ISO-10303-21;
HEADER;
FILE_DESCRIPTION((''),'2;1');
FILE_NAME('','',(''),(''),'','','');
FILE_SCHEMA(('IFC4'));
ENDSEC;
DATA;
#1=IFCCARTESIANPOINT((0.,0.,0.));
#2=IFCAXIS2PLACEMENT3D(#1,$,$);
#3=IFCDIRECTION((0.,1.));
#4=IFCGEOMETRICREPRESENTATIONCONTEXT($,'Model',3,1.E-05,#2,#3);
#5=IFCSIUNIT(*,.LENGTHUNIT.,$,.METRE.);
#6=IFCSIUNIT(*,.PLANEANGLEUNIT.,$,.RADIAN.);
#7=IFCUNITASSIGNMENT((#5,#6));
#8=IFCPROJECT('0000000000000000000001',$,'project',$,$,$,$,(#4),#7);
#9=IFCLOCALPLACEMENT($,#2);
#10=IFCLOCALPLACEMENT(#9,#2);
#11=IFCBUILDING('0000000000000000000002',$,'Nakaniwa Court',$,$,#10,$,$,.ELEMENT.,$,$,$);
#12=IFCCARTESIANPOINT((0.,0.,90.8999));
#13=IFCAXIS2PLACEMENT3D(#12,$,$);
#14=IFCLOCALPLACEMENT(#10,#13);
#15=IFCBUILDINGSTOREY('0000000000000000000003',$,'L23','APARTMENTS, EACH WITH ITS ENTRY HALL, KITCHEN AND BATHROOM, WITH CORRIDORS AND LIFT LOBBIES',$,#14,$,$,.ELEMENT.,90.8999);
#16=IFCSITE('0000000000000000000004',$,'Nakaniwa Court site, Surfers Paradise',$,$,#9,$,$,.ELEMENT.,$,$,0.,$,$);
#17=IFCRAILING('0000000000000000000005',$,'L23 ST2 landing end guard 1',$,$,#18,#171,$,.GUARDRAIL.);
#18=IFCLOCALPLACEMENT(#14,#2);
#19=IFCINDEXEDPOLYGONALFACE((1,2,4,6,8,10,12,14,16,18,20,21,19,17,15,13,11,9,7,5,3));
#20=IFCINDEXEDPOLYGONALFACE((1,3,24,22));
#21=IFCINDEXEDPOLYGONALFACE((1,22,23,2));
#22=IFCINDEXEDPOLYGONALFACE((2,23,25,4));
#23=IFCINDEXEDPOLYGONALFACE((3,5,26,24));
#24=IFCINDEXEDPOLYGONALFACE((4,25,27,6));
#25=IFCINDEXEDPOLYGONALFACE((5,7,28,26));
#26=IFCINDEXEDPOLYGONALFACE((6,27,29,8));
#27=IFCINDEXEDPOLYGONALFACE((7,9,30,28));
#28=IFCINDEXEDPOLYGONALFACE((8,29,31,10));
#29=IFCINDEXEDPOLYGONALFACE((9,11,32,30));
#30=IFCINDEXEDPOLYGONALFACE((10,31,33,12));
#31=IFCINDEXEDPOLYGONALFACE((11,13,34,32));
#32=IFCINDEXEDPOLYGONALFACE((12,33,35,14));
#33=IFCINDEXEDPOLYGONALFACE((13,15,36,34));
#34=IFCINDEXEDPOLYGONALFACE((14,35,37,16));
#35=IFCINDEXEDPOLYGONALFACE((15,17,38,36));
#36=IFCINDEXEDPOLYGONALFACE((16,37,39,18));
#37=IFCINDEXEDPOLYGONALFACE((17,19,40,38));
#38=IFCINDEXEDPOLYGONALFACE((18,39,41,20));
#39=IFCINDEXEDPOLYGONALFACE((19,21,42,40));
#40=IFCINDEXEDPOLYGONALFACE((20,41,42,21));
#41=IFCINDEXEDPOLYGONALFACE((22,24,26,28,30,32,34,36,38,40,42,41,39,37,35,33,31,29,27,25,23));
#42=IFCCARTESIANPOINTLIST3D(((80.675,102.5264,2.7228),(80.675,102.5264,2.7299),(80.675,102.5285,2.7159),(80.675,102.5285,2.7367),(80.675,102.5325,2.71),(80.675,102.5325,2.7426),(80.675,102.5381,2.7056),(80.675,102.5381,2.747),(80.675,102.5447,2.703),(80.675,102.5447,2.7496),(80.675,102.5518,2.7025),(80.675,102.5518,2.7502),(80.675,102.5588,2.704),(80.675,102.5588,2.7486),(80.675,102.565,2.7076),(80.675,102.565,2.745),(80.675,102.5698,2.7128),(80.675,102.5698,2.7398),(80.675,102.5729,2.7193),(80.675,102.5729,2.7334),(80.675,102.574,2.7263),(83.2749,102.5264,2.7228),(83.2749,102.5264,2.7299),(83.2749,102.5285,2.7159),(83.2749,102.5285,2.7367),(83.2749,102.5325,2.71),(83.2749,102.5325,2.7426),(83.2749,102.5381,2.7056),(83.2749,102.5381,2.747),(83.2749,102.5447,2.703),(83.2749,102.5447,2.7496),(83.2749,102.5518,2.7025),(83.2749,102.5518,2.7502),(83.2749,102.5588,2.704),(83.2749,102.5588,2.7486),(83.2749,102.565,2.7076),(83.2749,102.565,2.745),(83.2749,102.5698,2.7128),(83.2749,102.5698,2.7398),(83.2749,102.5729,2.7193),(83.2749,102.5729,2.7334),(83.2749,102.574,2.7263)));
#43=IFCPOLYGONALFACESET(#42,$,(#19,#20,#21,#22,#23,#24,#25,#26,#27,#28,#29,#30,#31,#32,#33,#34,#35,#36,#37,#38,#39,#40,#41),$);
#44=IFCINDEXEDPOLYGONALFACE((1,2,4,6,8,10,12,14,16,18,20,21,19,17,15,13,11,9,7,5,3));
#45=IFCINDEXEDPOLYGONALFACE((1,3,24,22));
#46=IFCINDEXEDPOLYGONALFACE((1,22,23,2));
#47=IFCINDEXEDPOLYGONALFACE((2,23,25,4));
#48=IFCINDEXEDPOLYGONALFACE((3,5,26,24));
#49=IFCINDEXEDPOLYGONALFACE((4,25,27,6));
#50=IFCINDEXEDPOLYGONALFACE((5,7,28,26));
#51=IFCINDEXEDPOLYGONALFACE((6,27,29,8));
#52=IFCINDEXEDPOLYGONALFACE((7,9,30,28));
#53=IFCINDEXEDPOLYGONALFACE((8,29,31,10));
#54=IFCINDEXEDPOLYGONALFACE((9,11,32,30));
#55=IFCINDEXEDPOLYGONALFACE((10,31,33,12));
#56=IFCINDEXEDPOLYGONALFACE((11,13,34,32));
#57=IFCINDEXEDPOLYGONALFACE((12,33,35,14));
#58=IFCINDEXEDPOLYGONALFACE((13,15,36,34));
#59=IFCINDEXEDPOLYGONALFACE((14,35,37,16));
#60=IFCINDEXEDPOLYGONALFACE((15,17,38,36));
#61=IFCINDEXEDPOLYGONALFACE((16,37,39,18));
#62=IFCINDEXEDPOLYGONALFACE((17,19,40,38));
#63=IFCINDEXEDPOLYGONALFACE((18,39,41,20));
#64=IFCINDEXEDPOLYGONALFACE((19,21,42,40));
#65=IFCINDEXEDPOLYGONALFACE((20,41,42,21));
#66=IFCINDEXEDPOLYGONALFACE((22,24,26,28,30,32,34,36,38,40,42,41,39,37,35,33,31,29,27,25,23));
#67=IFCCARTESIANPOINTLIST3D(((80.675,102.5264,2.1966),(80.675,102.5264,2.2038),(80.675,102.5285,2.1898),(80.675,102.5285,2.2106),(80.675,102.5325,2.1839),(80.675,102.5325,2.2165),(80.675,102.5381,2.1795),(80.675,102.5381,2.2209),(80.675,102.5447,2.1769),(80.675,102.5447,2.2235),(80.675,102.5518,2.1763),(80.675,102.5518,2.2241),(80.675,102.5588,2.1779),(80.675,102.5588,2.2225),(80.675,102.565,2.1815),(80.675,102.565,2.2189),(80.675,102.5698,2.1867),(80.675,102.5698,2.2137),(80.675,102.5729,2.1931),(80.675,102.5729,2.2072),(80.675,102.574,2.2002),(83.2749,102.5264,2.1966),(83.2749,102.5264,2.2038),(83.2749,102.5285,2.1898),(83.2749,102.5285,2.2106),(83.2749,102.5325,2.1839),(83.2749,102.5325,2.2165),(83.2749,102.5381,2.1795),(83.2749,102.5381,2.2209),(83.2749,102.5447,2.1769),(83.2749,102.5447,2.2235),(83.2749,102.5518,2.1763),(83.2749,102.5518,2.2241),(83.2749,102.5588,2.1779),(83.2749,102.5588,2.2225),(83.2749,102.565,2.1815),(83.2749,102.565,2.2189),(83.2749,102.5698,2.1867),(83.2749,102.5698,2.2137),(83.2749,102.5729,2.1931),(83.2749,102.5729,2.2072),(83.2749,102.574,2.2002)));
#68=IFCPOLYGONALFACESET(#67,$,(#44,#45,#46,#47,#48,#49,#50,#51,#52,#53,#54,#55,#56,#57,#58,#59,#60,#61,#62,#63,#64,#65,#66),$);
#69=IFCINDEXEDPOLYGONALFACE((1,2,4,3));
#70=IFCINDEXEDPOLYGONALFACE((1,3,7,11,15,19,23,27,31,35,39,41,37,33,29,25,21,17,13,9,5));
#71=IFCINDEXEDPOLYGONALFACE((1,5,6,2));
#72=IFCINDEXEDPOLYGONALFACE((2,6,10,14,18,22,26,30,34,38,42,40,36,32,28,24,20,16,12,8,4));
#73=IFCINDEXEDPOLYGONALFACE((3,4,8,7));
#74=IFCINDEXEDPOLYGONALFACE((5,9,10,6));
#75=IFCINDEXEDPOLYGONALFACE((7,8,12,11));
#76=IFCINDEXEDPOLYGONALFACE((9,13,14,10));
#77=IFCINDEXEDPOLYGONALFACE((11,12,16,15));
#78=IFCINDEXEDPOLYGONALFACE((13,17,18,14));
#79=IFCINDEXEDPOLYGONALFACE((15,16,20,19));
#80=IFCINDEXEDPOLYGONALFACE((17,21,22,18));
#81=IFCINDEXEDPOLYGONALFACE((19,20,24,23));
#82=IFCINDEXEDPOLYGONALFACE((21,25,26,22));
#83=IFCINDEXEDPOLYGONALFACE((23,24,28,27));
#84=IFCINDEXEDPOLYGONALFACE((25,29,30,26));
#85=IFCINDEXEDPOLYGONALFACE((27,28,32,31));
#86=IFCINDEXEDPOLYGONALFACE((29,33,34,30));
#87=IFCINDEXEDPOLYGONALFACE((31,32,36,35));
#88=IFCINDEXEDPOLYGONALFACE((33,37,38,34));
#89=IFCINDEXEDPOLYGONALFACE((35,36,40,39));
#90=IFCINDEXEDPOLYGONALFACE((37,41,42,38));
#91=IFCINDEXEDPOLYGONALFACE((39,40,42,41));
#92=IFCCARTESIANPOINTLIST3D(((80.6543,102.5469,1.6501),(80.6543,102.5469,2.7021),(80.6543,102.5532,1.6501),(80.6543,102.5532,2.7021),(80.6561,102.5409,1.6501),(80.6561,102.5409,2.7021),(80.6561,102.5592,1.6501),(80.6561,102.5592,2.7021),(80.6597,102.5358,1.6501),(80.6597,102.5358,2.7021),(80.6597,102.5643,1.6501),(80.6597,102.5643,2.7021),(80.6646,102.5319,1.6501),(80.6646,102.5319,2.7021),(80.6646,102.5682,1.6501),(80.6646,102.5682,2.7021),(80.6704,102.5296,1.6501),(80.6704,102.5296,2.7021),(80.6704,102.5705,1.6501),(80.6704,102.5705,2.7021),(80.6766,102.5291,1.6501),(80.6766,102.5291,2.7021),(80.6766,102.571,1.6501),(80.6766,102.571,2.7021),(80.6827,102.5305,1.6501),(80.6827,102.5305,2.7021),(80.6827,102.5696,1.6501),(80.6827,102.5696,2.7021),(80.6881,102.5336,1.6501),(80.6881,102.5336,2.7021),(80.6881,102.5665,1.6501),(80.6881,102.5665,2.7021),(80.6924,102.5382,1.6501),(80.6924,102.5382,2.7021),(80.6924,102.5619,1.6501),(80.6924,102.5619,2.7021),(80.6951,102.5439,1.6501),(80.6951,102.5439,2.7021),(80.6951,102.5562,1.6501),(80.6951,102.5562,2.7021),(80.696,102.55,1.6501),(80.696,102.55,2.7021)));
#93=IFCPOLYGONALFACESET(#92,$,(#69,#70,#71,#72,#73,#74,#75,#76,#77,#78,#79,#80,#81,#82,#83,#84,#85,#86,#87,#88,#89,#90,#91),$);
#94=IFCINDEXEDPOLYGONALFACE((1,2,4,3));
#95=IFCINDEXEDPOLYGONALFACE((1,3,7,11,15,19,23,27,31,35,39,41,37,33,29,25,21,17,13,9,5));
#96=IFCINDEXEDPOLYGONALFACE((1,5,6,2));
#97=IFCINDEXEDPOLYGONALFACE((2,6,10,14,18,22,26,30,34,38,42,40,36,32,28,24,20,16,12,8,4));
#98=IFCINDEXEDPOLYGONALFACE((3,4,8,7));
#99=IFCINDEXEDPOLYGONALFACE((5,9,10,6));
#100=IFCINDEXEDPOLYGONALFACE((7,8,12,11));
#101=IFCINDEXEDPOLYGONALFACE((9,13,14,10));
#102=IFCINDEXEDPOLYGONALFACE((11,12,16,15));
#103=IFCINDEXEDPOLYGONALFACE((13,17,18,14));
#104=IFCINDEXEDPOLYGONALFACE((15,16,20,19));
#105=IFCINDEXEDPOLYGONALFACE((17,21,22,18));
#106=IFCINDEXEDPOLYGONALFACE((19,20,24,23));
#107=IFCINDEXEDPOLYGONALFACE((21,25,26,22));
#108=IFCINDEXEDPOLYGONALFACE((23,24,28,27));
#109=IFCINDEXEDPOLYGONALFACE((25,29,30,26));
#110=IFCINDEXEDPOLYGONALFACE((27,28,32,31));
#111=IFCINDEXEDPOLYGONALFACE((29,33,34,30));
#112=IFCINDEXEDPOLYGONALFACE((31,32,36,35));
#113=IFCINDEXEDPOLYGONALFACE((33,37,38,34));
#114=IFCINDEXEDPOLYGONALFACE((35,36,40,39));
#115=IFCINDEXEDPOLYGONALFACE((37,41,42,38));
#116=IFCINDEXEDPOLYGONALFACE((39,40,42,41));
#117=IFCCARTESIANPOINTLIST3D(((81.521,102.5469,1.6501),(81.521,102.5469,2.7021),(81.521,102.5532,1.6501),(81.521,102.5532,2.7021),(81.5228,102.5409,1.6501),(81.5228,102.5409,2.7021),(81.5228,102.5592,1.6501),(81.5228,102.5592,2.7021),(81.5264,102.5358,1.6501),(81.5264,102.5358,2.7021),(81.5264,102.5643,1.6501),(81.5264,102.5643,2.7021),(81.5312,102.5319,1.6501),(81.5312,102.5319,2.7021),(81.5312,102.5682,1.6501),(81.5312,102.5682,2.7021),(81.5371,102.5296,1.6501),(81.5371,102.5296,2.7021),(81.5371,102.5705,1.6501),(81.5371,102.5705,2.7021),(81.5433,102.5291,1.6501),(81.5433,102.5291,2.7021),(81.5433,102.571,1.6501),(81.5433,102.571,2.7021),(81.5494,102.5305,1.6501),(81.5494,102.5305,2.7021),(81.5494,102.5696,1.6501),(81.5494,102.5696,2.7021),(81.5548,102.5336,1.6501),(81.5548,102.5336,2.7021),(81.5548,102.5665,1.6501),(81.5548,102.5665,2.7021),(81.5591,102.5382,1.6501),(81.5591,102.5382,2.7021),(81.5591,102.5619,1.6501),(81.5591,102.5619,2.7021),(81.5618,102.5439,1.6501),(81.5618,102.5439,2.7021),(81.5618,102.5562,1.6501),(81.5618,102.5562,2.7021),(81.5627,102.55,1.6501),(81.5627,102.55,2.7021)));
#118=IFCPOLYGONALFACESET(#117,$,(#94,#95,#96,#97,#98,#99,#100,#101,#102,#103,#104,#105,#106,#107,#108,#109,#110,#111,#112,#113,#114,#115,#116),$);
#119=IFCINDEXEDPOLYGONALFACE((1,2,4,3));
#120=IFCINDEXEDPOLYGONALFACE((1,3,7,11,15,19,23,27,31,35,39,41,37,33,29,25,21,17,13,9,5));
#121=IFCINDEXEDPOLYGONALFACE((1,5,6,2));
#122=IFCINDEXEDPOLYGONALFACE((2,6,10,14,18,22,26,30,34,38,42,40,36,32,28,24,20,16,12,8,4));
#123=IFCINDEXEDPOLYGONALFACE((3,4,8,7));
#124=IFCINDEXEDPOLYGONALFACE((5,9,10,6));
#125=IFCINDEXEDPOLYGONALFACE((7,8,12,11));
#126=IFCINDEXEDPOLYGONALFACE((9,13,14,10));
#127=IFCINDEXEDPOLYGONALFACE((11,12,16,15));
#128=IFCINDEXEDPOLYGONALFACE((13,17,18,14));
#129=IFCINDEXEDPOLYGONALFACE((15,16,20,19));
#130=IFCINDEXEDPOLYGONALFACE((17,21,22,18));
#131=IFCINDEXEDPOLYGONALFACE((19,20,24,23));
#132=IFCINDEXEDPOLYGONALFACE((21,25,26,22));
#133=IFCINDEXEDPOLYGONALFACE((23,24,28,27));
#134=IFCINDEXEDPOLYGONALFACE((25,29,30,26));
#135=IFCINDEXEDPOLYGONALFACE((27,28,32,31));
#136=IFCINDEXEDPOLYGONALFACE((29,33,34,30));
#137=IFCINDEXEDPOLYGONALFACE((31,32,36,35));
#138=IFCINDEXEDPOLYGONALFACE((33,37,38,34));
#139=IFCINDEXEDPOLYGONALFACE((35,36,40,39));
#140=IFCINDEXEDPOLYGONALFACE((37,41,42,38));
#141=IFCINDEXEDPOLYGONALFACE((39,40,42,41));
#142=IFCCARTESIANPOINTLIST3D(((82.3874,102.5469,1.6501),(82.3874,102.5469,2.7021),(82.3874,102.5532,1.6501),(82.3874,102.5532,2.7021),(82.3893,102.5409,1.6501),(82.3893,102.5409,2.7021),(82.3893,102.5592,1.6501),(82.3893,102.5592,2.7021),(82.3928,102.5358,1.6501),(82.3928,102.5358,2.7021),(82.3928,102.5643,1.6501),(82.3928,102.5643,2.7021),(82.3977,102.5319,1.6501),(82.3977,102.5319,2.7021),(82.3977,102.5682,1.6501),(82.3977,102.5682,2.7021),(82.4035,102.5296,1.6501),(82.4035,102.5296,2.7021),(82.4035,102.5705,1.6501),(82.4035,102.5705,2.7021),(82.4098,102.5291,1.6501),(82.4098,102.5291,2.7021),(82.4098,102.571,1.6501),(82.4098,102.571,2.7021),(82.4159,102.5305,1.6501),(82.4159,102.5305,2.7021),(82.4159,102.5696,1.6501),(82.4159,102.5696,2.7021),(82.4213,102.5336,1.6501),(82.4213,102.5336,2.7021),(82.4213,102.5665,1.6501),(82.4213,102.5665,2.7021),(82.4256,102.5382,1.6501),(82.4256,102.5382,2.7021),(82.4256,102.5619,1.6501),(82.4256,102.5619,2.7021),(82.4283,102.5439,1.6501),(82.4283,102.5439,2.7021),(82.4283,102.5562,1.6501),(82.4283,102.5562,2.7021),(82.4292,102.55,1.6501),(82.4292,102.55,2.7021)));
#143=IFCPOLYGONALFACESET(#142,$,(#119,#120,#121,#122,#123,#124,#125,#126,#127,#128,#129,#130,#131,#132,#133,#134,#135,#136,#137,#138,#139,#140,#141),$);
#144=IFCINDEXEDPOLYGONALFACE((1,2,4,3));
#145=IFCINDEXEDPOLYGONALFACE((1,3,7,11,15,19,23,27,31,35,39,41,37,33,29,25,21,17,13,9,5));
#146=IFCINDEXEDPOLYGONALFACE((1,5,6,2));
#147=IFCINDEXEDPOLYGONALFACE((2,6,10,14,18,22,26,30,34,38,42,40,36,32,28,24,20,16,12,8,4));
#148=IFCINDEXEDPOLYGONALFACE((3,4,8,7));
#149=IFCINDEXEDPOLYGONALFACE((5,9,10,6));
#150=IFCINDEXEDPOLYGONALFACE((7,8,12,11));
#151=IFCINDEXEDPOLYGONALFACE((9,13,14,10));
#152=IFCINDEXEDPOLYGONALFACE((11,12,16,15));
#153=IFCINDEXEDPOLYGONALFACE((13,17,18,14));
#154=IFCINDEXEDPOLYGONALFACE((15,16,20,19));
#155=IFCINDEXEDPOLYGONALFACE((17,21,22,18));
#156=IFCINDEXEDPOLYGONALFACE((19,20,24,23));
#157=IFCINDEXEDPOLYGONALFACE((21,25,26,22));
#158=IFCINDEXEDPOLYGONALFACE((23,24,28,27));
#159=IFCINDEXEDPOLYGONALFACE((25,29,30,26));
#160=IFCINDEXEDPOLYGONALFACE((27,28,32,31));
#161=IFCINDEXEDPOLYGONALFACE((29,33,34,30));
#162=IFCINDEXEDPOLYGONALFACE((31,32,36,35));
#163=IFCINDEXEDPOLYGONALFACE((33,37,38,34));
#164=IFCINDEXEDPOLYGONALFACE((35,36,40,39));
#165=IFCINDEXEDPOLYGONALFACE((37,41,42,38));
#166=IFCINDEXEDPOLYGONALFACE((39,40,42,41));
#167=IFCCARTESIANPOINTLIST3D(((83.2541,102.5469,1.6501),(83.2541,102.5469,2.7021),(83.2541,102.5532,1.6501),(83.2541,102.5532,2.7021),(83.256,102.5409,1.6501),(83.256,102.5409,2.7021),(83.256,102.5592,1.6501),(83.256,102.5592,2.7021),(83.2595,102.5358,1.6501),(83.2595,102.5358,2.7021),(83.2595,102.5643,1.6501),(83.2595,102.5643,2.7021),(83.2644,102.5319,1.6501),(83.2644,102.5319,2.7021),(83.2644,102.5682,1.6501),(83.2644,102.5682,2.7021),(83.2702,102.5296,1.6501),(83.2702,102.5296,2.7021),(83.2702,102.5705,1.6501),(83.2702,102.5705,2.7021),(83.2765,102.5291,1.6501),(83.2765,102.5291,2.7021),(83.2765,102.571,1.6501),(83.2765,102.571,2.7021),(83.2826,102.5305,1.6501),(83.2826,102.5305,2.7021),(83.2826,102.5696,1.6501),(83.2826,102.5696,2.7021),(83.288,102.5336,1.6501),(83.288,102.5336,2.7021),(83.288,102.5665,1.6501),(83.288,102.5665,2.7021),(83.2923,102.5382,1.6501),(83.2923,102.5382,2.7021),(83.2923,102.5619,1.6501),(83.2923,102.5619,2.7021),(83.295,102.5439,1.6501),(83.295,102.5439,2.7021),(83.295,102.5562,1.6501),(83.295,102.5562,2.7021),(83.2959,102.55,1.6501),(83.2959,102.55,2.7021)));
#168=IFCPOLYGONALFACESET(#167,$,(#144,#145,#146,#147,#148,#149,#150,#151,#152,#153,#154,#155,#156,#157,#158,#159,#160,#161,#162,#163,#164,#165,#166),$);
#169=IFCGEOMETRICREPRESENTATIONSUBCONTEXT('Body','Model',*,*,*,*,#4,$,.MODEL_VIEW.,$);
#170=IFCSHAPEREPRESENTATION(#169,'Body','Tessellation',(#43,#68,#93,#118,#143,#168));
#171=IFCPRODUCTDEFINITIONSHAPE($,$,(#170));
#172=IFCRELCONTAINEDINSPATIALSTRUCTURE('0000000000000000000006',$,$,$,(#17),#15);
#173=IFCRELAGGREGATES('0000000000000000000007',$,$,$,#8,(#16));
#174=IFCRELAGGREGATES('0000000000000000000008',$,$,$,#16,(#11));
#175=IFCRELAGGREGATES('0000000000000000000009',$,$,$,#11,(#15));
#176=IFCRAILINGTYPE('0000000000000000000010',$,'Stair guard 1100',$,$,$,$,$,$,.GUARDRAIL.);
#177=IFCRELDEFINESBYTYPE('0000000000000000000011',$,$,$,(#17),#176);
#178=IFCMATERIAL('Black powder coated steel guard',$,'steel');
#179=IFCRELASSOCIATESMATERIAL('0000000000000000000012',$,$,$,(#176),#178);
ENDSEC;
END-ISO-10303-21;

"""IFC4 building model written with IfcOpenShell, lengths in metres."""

from ifc_helpers import new_model, si_unit, direction, frame, origin, origin_2d, place, context, subcontext, project, spatial, circle, extrude, material, type_object, element, save


model = new_model("IFC4")

# Units and contexts
model_context = context("Model", 3, precision=1e-05, world=origin(), true_north=direction((0.0, 1.0)))
body_context = subcontext(model_context, "Body", "Model", "MODEL_VIEW")
ifc_project = project(units=[si_unit("LENGTHUNIT", "METRE"), si_unit("PLANEANGLEUNIT", "RADIAN")], contexts=[model_context])

# Site, building, storey
site_placement = place(None, origin())
site = spatial("IfcSite", under=ifc_project, at=site_placement, Name="Nakaniwa Court site, Surfers Paradise", CompositionType="ELEMENT", RefElevation=0.0)
building_placement = place(site_placement, origin())
building = spatial("IfcBuilding", under=site, at=building_placement, Name="Nakaniwa Court", CompositionType="ELEMENT")
storey_placement = place(building_placement, frame((0.0, 0.0, 90.8999)))
storey = spatial("IfcBuildingStorey", under=building, at=storey_placement, Name="L23", Description="APARTMENTS, EACH WITH ITS ENTRY HALL, KITCHEN AND BATHROOM, WITH CORRIDORS AND LIFT LOBBIES", CompositionType="ELEMENT", Elevation=90.8999)

# Railing
ifc_material_1 = material(Name="Black powder coated steel guard", Category="steel")
railing_type_1 = type_object("IfcRailingType", Name="Stair guard 1100", PredefinedType="GUARDRAIL", material=ifc_material_1)
railing_1_placement = place(storey_placement, frame((80.675, 102.55, 1.6501)))
element("IfcRailing", 1, at=railing_1_placement, inside=storey, type_object=railing_type_1, Name="L23 ST2 landing end guard 1", PredefinedType="GUARDRAIL", context=body_context, shape_type="SweptSolid", body=[
    extrude(circle(Radius=0.0239, at=origin_2d()), frame((0.0, 0.0, 1.0762), z_axis=(1.0, 0.0, 0.0), x_axis=(0.0, 1.0, 0.0)), (0.0, 0.0, 1.0), 2.5999),
    extrude(circle(Radius=0.0239, at=origin_2d()), frame((0.0, 0.0, 0.55), z_axis=(1.0, 0.0, 0.0), x_axis=(0.0, 1.0, 0.0)), (0.0, 0.0, 1.0), 2.5999),
    extrude(circle(Radius=0.021, at=origin_2d()), origin(), (0.0, 0.0, 1.0), 1.052),
    extrude(circle(Radius=0.021, at=origin_2d()), frame((0.8667, 0.0, 0.0)), (0.0, 0.0, 1.0), 1.052),
    extrude(circle(Radius=0.021, at=origin_2d()), frame((1.7332, 0.0, 0.0)), (0.0, 0.0, 1.0), 1.052),
    extrude(circle(Radius=0.021, at=origin_2d()), frame((2.5999, 0.0, 0.0)), (0.0, 0.0, 1.0), 1.052),
])

save(model, "model.ifc")
